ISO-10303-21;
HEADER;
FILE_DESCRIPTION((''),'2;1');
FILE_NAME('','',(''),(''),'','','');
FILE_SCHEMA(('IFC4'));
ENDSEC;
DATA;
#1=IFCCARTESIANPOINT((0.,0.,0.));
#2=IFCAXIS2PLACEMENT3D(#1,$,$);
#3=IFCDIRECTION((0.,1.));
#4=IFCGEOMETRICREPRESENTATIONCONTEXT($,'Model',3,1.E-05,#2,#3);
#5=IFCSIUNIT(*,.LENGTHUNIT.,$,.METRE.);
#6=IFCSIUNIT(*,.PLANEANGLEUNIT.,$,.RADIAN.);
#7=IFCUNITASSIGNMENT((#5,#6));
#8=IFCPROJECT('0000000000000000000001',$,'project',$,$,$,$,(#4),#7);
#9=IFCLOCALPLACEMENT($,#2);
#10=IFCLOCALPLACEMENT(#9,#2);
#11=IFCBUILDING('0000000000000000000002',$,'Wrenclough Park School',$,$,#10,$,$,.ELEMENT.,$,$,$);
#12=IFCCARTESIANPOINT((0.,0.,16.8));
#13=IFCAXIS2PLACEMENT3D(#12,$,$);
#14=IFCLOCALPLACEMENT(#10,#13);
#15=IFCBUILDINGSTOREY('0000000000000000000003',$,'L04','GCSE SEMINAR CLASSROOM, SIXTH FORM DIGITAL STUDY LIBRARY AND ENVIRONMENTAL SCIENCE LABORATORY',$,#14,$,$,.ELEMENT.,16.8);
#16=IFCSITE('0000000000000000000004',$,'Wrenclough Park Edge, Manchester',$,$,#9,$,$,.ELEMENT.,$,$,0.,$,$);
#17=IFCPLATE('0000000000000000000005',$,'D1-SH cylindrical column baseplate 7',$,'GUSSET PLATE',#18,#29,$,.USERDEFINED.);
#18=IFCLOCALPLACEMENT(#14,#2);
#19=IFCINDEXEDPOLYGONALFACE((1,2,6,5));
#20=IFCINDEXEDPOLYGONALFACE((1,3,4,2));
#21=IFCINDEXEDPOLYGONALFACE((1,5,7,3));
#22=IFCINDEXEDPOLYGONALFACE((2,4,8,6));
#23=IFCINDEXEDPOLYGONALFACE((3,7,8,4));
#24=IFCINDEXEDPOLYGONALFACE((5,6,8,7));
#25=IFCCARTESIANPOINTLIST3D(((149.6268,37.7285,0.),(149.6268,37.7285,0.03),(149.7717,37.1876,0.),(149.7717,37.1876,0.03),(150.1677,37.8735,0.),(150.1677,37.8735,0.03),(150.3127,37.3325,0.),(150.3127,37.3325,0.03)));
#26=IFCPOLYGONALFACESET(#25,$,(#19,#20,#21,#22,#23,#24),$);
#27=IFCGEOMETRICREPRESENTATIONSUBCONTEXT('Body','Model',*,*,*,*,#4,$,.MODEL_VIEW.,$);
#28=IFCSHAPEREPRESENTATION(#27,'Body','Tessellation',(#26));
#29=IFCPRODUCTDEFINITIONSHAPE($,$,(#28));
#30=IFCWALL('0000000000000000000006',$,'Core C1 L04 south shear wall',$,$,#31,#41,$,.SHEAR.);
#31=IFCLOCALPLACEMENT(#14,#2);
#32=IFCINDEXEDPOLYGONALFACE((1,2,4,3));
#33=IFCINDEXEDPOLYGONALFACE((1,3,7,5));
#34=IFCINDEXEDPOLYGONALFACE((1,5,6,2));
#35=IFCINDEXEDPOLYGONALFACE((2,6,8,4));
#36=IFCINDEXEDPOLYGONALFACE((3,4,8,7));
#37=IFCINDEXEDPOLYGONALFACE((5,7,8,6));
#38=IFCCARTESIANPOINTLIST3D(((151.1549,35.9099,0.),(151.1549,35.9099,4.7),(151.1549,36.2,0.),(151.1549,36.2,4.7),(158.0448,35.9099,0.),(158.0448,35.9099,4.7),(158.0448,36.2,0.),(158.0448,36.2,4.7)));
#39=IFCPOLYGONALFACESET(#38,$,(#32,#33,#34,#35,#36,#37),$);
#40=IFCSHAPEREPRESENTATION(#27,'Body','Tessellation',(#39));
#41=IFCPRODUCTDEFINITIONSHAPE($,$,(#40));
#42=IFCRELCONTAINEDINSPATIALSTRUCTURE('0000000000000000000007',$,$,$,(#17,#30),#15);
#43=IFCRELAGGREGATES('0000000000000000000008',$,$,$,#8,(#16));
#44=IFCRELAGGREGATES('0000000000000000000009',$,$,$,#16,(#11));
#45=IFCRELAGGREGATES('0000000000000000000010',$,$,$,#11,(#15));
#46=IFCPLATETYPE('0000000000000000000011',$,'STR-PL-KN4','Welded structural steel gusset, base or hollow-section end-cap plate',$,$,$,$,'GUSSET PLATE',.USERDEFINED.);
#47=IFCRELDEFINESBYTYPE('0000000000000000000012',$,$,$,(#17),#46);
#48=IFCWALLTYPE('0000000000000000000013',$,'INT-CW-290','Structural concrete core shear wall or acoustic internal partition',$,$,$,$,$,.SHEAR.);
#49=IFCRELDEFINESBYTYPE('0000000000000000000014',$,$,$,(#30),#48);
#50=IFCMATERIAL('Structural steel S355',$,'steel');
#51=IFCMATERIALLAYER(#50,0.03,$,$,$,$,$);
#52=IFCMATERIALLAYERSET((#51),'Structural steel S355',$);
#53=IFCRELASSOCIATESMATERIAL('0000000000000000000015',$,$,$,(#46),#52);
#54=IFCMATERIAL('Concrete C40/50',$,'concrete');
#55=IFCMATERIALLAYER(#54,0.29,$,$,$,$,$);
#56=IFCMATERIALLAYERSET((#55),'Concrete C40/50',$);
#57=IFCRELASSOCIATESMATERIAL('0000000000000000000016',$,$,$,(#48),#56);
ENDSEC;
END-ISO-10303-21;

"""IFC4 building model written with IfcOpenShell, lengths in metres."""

from ifc_helpers import new_model, si_unit, direction, frame, frame_2d, origin, origin_2d, place, context, subcontext, project, spatial, rectangle, extrude, material, layer, layer_set, type_object, element, save


model = new_model("IFC4")

# Units and contexts
model_context = context("Model", 3, precision=1e-05, world=origin(), true_north=direction((0.0, 1.0)))
body_context = subcontext(model_context, "Body", "Model", "MODEL_VIEW")
ifc_project = project(units=[si_unit("LENGTHUNIT", "METRE"), si_unit("PLANEANGLEUNIT", "RADIAN")], contexts=[model_context])

# Site, building, storey
site_placement = place(None, origin())
site = spatial("IfcSite", under=ifc_project, at=site_placement, Name="Wrenclough Park Edge, Manchester", CompositionType="ELEMENT", RefElevation=0.0)
building_placement = place(site_placement, origin())
building = spatial("IfcBuilding", under=site, at=building_placement, Name="Wrenclough Park School", CompositionType="ELEMENT")
storey_placement = place(building_placement, frame((0.0, 0.0, 16.8)))
storey = spatial("IfcBuildingStorey", under=building, at=storey_placement, Name="L04", Description="GCSE SEMINAR CLASSROOM, SIXTH FORM DIGITAL STUDY LIBRARY AND ENVIRONMENTAL SCIENCE LABORATORY", CompositionType="ELEMENT", Elevation=16.8)

# Shared definitions
ifc_material_1 = material(Name="Structural steel S355", Category="steel")

# Plate
ifc_layer_1 = layer(ifc_material_1, 0.03)
ifc_layer_set_1 = layer_set([ifc_layer_1], Name="Structural steel S355")
plate_type_1 = type_object("IfcPlateType", Name="STR-PL-KN4", Description="Welded structural steel gusset, base or hollow-section end-cap plate", ElementType="GUSSET PLATE", PredefinedType="USERDEFINED", material=ifc_layer_set_1)
plate_1_placement = place(storey_placement, frame((149.9697, 37.5305, 0.0), z_axis=(0.0, 0.0, 1.0), x_axis=(0.258819, -0.965926, 0.0)))
element("IfcPlate", 1, at=plate_1_placement, inside=storey, type_object=plate_type_1, Name="D1-SH cylindrical column baseplate 7", ObjectType="GUSSET PLATE", PredefinedType="USERDEFINED", context=body_context, shape_type="SweptSolid", body=[
    extrude(rectangle(XDim=0.5601, YDim=0.5601, at=origin_2d()), origin(), (0.0, 0.0, 1.0), 0.03),
])

# Wall
ifc_material_2 = material(Name="Concrete C40/50", Category="concrete")
ifc_layer_2 = layer(ifc_material_2, 0.29)
ifc_layer_set_2 = layer_set([ifc_layer_2], Name="Concrete C40/50")
wall_type = type_object("IfcWallType", Name="INT-CW-290", Description="Structural concrete core shear wall or acoustic internal partition", PredefinedType="SHEAR", material=ifc_layer_set_2)
wall_placement = place(storey_placement, frame((151.155, 36.0549, 0.0), z_axis=(0.0, 0.0, 1.0), x_axis=(1.0, 0.0, 0.0)))
element("IfcWall", 2, at=wall_placement, inside=storey, type_object=wall_type, Name="Core C1 L04 south shear wall", PredefinedType="SHEAR", context=body_context, shape_type="SweptSolid", body=[
    extrude(rectangle(XDim=6.8899, YDim=0.29, at=frame_2d((3.4448, 0.0))), origin(), (0.0, 0.0, 1.0), 4.7),
])

save(model, "model.ifc")
